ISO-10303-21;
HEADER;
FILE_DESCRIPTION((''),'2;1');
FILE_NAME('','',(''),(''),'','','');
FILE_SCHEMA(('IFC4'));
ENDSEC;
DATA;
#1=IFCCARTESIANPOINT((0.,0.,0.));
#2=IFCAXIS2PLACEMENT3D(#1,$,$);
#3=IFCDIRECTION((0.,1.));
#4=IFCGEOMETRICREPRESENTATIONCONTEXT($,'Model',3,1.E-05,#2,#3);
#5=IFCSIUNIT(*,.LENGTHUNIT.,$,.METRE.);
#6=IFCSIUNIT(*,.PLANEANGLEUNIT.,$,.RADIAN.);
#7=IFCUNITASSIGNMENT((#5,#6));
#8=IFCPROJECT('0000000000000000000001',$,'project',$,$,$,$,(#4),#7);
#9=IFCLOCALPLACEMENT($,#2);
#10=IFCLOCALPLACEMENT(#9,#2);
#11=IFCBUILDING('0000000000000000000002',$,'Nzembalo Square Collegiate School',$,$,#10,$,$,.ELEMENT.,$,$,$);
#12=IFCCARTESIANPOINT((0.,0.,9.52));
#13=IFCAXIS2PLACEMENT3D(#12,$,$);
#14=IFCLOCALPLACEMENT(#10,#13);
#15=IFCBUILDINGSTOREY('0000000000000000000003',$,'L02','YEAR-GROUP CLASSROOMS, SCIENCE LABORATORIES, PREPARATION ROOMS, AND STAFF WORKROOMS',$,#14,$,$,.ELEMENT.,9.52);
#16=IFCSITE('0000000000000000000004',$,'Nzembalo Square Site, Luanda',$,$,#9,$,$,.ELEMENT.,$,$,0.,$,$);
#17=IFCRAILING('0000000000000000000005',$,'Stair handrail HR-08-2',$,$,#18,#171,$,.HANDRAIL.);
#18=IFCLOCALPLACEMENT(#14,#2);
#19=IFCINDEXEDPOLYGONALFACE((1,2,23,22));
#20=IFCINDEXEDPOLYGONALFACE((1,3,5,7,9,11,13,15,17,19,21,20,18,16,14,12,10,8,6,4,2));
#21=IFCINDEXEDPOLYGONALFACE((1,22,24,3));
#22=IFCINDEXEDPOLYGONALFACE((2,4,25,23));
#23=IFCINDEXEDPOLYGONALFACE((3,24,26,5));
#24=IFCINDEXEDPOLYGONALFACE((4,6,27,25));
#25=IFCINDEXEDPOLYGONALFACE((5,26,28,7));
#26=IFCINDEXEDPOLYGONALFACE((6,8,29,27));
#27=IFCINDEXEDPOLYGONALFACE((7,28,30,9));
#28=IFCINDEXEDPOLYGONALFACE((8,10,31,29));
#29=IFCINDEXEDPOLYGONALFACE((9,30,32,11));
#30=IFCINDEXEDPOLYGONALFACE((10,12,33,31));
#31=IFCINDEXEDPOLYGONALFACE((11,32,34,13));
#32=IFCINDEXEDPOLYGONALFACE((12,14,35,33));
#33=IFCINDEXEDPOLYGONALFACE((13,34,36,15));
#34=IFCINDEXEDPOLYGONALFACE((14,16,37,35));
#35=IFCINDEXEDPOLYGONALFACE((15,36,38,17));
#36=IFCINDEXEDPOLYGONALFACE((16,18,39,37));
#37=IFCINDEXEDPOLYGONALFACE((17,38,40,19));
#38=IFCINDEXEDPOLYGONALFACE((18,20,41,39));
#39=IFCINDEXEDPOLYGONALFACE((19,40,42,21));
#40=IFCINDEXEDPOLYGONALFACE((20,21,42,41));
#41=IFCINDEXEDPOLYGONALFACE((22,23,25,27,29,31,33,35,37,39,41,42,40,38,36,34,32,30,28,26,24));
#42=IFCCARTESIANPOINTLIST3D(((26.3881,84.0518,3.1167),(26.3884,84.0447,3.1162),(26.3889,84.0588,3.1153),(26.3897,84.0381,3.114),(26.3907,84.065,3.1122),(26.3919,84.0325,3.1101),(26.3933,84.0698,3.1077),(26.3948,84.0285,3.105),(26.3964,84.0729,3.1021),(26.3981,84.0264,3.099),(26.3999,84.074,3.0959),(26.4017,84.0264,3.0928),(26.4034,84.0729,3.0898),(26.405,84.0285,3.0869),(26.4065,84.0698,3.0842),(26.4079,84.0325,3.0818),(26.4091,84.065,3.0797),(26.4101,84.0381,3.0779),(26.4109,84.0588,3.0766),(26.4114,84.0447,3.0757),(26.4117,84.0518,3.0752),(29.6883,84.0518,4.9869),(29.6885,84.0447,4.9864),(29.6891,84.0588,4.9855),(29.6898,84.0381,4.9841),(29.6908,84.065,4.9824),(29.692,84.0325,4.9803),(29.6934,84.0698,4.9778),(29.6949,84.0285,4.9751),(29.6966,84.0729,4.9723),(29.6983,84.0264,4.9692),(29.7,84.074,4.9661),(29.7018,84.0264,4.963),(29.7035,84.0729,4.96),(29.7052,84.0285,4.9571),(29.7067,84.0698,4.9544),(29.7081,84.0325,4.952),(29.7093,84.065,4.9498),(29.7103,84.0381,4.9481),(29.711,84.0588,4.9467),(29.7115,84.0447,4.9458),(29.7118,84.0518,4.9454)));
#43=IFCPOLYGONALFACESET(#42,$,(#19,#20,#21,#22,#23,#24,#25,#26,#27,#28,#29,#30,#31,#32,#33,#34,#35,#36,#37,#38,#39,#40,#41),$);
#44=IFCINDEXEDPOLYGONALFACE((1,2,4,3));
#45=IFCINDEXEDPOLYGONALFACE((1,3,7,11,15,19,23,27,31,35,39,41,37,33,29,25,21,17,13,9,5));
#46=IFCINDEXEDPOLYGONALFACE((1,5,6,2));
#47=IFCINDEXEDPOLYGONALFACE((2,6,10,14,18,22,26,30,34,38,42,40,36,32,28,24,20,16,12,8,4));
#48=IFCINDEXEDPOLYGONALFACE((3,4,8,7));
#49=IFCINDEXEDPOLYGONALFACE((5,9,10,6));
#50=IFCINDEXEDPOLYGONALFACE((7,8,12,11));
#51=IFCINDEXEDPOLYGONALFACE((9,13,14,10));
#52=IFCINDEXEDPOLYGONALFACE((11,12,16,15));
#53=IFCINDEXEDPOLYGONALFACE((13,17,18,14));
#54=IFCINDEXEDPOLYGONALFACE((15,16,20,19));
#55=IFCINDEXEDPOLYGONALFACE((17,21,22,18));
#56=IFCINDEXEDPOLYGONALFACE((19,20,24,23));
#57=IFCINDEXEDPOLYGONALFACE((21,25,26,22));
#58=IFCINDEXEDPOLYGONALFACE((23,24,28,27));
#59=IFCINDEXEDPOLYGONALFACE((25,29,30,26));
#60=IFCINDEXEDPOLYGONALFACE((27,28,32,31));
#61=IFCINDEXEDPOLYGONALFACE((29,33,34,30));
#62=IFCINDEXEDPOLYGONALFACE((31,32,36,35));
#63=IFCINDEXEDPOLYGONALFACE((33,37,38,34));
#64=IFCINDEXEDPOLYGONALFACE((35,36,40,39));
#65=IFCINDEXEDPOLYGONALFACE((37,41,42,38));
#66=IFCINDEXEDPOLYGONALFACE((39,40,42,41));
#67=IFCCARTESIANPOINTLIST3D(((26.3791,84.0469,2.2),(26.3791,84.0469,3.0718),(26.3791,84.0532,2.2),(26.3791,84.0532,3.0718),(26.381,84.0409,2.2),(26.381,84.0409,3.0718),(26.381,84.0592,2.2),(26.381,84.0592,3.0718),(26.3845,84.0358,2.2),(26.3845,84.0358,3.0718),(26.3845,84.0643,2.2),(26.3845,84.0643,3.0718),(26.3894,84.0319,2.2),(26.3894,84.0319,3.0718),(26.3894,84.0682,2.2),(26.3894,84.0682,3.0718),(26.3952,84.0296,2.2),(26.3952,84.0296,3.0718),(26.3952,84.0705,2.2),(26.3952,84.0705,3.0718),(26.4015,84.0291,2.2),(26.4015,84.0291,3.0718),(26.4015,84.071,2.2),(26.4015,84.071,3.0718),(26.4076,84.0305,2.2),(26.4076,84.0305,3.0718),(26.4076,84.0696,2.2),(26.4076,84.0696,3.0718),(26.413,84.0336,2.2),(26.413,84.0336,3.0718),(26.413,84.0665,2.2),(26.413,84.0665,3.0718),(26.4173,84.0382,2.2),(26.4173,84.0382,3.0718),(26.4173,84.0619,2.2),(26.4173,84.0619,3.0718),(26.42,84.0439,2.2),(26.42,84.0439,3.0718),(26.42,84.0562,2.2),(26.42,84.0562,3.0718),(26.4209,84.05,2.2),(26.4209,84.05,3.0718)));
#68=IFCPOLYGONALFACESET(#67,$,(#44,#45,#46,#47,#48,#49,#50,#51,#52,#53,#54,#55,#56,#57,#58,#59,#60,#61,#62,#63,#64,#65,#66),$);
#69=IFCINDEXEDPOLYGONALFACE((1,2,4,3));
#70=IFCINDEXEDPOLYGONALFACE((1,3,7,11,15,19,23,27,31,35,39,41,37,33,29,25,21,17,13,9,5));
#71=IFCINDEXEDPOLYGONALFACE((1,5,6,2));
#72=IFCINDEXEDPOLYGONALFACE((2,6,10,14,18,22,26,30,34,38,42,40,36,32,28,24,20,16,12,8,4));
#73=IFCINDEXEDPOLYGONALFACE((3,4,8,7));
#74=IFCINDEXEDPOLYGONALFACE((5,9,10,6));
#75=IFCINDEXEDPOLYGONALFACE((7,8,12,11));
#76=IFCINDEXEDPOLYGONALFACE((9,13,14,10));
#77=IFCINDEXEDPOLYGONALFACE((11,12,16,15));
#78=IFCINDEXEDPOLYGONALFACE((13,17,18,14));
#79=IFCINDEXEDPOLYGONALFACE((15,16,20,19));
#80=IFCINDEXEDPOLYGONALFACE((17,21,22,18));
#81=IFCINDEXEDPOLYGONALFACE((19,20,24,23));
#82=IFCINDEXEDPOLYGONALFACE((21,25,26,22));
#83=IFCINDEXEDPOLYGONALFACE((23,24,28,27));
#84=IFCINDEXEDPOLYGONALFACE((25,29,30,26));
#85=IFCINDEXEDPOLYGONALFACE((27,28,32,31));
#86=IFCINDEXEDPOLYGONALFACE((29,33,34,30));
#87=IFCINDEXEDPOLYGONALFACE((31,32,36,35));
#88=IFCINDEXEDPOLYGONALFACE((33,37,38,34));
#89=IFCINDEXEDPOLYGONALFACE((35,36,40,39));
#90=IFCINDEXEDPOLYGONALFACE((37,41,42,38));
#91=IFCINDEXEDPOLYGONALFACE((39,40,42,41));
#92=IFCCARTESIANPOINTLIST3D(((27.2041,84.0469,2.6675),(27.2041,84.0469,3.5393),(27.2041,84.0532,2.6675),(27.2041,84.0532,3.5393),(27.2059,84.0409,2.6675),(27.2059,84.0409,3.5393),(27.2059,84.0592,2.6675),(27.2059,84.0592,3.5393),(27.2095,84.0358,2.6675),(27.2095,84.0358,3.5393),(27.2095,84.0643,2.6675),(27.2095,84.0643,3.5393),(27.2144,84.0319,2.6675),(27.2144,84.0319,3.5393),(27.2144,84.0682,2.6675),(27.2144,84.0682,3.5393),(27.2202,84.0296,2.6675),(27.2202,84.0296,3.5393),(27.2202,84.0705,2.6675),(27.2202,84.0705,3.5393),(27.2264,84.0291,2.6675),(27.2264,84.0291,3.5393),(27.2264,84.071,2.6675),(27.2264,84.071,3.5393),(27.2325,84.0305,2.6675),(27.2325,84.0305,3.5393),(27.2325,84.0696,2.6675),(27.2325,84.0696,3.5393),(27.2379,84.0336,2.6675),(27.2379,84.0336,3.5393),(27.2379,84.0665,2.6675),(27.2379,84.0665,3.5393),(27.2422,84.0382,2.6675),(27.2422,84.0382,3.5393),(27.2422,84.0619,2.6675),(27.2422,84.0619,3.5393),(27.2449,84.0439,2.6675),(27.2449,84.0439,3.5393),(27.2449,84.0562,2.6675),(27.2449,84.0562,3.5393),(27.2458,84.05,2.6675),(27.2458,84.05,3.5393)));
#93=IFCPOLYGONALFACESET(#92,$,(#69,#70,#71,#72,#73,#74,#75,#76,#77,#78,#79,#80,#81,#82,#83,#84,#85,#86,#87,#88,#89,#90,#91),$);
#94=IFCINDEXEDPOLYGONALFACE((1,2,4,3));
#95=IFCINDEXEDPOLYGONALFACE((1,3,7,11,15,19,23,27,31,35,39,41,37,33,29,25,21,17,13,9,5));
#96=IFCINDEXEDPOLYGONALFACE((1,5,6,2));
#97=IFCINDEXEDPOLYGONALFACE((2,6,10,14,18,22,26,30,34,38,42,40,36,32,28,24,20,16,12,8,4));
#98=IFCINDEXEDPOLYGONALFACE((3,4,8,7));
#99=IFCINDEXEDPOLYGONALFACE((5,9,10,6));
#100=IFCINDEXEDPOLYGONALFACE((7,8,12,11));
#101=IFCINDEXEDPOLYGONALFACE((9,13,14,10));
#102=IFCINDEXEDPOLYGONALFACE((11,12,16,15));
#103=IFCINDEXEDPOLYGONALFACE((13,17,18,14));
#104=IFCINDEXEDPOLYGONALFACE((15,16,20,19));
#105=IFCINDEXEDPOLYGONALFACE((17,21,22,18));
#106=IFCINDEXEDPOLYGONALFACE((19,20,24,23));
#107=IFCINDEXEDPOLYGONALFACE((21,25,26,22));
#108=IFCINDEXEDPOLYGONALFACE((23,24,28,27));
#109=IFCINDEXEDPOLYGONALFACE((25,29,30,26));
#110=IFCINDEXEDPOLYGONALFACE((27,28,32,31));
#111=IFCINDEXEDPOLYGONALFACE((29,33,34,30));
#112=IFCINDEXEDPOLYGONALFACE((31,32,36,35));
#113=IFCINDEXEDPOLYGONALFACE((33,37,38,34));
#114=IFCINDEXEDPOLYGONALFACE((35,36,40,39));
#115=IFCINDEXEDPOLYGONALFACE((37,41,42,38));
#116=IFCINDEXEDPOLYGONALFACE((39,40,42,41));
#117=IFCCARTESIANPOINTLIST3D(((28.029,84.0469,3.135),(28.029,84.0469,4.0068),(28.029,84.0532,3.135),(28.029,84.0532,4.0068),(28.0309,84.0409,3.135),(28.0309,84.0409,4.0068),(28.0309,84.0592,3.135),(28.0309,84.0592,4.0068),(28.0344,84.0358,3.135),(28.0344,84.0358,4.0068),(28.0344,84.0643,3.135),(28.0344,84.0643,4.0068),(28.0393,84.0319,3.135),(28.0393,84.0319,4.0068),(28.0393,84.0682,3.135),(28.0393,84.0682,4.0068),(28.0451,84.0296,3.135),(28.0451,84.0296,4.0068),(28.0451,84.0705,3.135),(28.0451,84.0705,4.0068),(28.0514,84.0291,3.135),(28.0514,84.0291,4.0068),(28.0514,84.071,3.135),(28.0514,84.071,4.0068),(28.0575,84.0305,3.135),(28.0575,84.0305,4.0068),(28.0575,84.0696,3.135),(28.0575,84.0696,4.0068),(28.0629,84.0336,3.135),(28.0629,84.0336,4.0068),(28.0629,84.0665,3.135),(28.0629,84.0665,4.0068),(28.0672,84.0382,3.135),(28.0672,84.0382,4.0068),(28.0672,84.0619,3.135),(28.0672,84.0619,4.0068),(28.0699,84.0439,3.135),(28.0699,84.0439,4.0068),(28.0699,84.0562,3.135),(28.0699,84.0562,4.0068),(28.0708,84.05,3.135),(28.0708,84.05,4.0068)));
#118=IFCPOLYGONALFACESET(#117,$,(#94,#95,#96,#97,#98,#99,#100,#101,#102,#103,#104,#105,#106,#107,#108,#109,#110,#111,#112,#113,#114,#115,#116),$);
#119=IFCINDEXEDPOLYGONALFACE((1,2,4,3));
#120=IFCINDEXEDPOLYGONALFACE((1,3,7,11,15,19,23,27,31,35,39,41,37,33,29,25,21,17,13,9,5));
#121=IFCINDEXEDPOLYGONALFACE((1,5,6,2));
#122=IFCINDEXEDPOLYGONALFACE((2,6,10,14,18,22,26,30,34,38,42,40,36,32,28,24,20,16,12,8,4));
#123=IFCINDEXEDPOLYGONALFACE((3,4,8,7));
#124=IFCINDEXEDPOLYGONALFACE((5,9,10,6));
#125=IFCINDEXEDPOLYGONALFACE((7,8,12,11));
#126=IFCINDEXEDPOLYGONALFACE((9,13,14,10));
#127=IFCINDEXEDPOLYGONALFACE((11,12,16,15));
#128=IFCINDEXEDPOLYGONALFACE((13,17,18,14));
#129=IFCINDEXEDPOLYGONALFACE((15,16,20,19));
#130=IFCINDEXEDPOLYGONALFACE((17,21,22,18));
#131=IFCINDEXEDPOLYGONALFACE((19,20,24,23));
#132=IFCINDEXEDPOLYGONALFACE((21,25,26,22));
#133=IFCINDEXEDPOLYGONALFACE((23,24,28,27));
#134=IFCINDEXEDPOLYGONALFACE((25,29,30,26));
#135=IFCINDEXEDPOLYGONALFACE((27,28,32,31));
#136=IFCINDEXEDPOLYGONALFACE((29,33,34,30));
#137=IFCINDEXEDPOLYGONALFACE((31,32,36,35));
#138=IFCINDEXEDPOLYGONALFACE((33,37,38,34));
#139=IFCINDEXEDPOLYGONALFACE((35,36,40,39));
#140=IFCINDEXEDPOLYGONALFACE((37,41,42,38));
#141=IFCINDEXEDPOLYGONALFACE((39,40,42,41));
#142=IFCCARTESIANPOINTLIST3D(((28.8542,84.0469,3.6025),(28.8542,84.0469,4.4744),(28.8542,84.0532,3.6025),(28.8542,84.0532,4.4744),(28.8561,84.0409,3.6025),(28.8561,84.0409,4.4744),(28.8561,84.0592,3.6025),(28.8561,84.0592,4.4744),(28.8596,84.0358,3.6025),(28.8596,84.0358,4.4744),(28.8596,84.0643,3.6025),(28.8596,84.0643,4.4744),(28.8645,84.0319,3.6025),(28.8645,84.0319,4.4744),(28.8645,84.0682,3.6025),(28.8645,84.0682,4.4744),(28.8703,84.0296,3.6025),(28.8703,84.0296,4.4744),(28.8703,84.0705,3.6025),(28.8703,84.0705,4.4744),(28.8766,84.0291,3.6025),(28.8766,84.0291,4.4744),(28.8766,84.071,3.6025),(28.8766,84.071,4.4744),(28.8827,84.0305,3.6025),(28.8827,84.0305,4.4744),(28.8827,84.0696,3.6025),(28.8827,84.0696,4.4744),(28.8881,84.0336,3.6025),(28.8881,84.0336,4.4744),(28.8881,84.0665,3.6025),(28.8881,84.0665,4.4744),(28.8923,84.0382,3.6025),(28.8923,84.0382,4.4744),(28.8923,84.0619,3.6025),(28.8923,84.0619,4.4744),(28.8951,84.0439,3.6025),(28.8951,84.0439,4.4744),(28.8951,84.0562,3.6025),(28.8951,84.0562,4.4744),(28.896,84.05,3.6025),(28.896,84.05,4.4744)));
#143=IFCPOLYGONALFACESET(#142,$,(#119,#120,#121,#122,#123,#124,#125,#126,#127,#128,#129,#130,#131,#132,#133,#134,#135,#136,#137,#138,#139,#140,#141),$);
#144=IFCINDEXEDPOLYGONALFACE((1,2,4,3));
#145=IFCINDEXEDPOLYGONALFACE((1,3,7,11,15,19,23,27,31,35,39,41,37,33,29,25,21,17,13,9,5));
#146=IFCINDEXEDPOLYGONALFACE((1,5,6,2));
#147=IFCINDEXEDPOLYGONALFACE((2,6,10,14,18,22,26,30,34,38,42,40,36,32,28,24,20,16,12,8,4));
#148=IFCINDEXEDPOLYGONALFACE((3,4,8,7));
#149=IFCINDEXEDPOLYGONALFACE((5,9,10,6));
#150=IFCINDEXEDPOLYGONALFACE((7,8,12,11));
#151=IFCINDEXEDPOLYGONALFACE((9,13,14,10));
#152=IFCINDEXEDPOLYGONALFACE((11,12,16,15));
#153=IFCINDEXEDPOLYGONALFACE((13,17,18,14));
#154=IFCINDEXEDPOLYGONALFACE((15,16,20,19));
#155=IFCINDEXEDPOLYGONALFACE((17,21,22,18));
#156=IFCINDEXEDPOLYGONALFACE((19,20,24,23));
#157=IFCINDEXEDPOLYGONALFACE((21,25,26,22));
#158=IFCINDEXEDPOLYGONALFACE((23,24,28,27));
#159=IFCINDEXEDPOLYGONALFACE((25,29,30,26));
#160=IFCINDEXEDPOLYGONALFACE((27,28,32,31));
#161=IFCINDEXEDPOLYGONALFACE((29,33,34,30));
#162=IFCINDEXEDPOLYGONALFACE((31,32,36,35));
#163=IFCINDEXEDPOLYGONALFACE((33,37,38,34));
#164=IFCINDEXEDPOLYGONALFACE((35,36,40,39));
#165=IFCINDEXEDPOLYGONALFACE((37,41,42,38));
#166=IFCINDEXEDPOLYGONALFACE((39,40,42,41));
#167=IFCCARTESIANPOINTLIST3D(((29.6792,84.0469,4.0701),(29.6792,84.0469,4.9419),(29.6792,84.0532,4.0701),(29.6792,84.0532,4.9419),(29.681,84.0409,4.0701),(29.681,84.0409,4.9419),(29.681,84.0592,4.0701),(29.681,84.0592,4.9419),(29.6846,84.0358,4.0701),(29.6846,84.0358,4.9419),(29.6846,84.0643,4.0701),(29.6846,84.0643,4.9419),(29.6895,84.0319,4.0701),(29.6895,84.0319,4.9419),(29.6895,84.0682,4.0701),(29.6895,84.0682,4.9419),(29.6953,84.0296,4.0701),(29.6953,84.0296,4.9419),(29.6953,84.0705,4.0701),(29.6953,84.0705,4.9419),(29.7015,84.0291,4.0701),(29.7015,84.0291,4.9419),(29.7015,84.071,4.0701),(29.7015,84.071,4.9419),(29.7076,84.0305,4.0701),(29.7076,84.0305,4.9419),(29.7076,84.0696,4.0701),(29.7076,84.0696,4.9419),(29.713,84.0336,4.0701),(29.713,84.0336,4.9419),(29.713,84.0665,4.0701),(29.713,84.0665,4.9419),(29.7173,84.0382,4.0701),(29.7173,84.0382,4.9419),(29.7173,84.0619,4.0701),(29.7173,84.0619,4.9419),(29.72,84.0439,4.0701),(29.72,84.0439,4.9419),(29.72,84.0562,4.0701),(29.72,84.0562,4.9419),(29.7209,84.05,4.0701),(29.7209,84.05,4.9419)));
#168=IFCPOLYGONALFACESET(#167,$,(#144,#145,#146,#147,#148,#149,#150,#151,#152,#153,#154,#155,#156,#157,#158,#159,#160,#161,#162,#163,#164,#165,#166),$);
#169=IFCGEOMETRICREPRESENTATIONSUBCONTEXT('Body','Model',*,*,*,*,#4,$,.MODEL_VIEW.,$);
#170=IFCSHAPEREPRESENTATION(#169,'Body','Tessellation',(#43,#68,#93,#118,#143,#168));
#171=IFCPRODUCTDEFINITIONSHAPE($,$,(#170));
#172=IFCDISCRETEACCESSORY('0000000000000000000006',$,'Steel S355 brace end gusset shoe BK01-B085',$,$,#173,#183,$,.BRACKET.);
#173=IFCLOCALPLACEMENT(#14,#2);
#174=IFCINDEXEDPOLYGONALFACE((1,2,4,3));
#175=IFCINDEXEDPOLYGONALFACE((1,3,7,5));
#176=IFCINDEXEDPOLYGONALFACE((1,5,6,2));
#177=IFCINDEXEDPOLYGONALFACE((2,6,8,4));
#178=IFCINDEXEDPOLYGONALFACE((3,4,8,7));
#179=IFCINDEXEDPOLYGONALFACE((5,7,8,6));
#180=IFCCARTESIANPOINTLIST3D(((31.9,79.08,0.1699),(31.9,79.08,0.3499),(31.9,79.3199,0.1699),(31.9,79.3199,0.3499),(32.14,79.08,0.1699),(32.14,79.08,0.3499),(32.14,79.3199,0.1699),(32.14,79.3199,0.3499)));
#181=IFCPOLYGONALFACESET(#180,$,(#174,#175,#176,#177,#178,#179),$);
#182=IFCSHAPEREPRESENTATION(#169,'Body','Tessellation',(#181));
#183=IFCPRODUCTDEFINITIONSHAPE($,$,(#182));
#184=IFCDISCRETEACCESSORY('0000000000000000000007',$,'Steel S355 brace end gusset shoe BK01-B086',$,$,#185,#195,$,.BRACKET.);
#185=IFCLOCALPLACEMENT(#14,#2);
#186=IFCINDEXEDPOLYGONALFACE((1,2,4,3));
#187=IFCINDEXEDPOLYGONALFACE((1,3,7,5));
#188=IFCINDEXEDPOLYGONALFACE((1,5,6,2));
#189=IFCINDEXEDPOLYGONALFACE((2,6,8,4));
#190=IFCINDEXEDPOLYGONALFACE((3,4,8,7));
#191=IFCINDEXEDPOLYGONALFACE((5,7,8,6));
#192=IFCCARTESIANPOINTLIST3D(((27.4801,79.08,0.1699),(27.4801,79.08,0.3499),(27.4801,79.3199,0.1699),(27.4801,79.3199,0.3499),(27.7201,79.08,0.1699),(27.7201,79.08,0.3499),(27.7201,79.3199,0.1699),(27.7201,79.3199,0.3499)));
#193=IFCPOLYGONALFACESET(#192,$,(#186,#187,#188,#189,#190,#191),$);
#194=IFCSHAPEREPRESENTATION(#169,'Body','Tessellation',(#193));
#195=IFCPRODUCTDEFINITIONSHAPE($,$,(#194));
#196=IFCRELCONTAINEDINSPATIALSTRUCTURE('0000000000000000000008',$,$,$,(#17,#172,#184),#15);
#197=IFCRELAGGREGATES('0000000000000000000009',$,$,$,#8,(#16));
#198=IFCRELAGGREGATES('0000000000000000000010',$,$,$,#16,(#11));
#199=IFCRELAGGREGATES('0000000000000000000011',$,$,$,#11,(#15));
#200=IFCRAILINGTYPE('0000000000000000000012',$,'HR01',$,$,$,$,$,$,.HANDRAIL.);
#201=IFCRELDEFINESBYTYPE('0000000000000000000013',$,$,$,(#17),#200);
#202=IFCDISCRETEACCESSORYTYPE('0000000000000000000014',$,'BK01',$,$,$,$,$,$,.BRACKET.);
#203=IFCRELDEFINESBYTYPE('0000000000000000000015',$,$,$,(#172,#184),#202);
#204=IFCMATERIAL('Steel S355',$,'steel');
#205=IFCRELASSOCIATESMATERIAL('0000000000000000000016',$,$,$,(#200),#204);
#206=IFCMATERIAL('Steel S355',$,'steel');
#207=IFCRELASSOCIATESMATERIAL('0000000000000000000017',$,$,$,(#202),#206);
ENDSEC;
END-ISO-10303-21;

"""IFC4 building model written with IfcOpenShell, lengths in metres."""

from ifc_helpers import new_model, si_unit, direction, frame, origin, origin_2d, place, context, subcontext, project, spatial, rectangle, circle, extrude, material, type_object, element, save


model = new_model("IFC4")

# Units and contexts
model_context = context("Model", 3, precision=1e-05, world=origin(), true_north=direction((0.0, 1.0)))
body_context = subcontext(model_context, "Body", "Model", "MODEL_VIEW")
ifc_project = project(units=[si_unit("LENGTHUNIT", "METRE"), si_unit("PLANEANGLEUNIT", "RADIAN")], contexts=[model_context])

# Site, building, storey
site_placement = place(None, origin())
site = spatial("IfcSite", under=ifc_project, at=site_placement, Name="Nzembalo Square Site, Luanda", CompositionType="ELEMENT", RefElevation=0.0)
building_placement = place(site_placement, origin())
building = spatial("IfcBuilding", under=site, at=building_placement, Name="Nzembalo Square Collegiate School", CompositionType="ELEMENT")
storey_placement = place(building_placement, frame((0.0, 0.0, 9.52)))
storey = spatial("IfcBuildingStorey", under=building, at=storey_placement, Name="L02", Description="YEAR-GROUP CLASSROOMS, SCIENCE LABORATORIES, PREPARATION ROOMS, AND STAFF WORKROOMS", CompositionType="ELEMENT", Elevation=9.52)

# Railing
ifc_material_1 = material(Name="Steel S355", Category="steel")
railing_type_1 = type_object("IfcRailingType", Name="HR01", PredefinedType="HANDRAIL", material=ifc_material_1)
railing_1_placement = place(storey_placement, frame((26.3999, 84.05, 2.2)))
element("IfcRailing", 1, at=railing_1_placement, inside=storey, type_object=railing_type_1, Name="Stair handrail HR-08-2", PredefinedType="HANDRAIL", context=body_context, shape_type="SweptSolid", body=[
    extrude(circle(Radius=0.0239, at=origin_2d()), frame((0.0, 0.0, 0.896), z_axis=(0.870012, 0.0, 0.49303), x_axis=(0.0, 1.0, 0.0)), (0.0, 0.0, 1.0), 3.7932),
    extrude(circle(Radius=0.021, at=origin_2d()), origin(), (0.0, 0.0, 1.0), 0.8718),
    extrude(circle(Radius=0.021, at=origin_2d()), frame((0.825, 0.0, 0.4675)), (0.0, 0.0, 1.0), 0.8718),
    extrude(circle(Radius=0.021, at=origin_2d()), frame((1.6499, 0.0, 0.9351)), (0.0, 0.0, 1.0), 0.8718),
    extrude(circle(Radius=0.021, at=origin_2d()), frame((2.4751, 0.0, 1.4026)), (0.0, 0.0, 1.0), 0.8718),
    extrude(circle(Radius=0.021, at=origin_2d()), frame((3.3, 0.0, 1.8701)), (0.0, 0.0, 1.0), 0.8718),
])

# Discrete accessories
ifc_material_2 = material(Name="Steel S355", Category="steel")
discrete_accessory_type = type_object("IfcDiscreteAccessoryType", Name="BK01", PredefinedType="BRACKET", material=ifc_material_2)
for number, where, z_axis, x_axis, name in (
    (2, (32.02, 79.2, 0.1699), (0.0, 0.0, 1.0), (1.0, 0.0, 0.0), "Steel S355 brace end gusset shoe BK01-B085"),
    (3, (27.6001, 79.2, 0.1699), (0.0, 0.0, 1.0), (1.0, 0.0, 0.0), "Steel S355 brace end gusset shoe BK01-B086"),
):
    element("IfcDiscreteAccessory", number, at=place(storey_placement, frame(where, z_axis=z_axis, x_axis=x_axis)), inside=storey, type_object=discrete_accessory_type, Name=name, PredefinedType="BRACKET", context=body_context, shape_type="SweptSolid", body=[
        extrude(rectangle(XDim=0.24, YDim=0.24, at=origin_2d()), origin(), (0.0, 0.0, 1.0), 0.1799),
    ])

save(model, "model.ifc")
